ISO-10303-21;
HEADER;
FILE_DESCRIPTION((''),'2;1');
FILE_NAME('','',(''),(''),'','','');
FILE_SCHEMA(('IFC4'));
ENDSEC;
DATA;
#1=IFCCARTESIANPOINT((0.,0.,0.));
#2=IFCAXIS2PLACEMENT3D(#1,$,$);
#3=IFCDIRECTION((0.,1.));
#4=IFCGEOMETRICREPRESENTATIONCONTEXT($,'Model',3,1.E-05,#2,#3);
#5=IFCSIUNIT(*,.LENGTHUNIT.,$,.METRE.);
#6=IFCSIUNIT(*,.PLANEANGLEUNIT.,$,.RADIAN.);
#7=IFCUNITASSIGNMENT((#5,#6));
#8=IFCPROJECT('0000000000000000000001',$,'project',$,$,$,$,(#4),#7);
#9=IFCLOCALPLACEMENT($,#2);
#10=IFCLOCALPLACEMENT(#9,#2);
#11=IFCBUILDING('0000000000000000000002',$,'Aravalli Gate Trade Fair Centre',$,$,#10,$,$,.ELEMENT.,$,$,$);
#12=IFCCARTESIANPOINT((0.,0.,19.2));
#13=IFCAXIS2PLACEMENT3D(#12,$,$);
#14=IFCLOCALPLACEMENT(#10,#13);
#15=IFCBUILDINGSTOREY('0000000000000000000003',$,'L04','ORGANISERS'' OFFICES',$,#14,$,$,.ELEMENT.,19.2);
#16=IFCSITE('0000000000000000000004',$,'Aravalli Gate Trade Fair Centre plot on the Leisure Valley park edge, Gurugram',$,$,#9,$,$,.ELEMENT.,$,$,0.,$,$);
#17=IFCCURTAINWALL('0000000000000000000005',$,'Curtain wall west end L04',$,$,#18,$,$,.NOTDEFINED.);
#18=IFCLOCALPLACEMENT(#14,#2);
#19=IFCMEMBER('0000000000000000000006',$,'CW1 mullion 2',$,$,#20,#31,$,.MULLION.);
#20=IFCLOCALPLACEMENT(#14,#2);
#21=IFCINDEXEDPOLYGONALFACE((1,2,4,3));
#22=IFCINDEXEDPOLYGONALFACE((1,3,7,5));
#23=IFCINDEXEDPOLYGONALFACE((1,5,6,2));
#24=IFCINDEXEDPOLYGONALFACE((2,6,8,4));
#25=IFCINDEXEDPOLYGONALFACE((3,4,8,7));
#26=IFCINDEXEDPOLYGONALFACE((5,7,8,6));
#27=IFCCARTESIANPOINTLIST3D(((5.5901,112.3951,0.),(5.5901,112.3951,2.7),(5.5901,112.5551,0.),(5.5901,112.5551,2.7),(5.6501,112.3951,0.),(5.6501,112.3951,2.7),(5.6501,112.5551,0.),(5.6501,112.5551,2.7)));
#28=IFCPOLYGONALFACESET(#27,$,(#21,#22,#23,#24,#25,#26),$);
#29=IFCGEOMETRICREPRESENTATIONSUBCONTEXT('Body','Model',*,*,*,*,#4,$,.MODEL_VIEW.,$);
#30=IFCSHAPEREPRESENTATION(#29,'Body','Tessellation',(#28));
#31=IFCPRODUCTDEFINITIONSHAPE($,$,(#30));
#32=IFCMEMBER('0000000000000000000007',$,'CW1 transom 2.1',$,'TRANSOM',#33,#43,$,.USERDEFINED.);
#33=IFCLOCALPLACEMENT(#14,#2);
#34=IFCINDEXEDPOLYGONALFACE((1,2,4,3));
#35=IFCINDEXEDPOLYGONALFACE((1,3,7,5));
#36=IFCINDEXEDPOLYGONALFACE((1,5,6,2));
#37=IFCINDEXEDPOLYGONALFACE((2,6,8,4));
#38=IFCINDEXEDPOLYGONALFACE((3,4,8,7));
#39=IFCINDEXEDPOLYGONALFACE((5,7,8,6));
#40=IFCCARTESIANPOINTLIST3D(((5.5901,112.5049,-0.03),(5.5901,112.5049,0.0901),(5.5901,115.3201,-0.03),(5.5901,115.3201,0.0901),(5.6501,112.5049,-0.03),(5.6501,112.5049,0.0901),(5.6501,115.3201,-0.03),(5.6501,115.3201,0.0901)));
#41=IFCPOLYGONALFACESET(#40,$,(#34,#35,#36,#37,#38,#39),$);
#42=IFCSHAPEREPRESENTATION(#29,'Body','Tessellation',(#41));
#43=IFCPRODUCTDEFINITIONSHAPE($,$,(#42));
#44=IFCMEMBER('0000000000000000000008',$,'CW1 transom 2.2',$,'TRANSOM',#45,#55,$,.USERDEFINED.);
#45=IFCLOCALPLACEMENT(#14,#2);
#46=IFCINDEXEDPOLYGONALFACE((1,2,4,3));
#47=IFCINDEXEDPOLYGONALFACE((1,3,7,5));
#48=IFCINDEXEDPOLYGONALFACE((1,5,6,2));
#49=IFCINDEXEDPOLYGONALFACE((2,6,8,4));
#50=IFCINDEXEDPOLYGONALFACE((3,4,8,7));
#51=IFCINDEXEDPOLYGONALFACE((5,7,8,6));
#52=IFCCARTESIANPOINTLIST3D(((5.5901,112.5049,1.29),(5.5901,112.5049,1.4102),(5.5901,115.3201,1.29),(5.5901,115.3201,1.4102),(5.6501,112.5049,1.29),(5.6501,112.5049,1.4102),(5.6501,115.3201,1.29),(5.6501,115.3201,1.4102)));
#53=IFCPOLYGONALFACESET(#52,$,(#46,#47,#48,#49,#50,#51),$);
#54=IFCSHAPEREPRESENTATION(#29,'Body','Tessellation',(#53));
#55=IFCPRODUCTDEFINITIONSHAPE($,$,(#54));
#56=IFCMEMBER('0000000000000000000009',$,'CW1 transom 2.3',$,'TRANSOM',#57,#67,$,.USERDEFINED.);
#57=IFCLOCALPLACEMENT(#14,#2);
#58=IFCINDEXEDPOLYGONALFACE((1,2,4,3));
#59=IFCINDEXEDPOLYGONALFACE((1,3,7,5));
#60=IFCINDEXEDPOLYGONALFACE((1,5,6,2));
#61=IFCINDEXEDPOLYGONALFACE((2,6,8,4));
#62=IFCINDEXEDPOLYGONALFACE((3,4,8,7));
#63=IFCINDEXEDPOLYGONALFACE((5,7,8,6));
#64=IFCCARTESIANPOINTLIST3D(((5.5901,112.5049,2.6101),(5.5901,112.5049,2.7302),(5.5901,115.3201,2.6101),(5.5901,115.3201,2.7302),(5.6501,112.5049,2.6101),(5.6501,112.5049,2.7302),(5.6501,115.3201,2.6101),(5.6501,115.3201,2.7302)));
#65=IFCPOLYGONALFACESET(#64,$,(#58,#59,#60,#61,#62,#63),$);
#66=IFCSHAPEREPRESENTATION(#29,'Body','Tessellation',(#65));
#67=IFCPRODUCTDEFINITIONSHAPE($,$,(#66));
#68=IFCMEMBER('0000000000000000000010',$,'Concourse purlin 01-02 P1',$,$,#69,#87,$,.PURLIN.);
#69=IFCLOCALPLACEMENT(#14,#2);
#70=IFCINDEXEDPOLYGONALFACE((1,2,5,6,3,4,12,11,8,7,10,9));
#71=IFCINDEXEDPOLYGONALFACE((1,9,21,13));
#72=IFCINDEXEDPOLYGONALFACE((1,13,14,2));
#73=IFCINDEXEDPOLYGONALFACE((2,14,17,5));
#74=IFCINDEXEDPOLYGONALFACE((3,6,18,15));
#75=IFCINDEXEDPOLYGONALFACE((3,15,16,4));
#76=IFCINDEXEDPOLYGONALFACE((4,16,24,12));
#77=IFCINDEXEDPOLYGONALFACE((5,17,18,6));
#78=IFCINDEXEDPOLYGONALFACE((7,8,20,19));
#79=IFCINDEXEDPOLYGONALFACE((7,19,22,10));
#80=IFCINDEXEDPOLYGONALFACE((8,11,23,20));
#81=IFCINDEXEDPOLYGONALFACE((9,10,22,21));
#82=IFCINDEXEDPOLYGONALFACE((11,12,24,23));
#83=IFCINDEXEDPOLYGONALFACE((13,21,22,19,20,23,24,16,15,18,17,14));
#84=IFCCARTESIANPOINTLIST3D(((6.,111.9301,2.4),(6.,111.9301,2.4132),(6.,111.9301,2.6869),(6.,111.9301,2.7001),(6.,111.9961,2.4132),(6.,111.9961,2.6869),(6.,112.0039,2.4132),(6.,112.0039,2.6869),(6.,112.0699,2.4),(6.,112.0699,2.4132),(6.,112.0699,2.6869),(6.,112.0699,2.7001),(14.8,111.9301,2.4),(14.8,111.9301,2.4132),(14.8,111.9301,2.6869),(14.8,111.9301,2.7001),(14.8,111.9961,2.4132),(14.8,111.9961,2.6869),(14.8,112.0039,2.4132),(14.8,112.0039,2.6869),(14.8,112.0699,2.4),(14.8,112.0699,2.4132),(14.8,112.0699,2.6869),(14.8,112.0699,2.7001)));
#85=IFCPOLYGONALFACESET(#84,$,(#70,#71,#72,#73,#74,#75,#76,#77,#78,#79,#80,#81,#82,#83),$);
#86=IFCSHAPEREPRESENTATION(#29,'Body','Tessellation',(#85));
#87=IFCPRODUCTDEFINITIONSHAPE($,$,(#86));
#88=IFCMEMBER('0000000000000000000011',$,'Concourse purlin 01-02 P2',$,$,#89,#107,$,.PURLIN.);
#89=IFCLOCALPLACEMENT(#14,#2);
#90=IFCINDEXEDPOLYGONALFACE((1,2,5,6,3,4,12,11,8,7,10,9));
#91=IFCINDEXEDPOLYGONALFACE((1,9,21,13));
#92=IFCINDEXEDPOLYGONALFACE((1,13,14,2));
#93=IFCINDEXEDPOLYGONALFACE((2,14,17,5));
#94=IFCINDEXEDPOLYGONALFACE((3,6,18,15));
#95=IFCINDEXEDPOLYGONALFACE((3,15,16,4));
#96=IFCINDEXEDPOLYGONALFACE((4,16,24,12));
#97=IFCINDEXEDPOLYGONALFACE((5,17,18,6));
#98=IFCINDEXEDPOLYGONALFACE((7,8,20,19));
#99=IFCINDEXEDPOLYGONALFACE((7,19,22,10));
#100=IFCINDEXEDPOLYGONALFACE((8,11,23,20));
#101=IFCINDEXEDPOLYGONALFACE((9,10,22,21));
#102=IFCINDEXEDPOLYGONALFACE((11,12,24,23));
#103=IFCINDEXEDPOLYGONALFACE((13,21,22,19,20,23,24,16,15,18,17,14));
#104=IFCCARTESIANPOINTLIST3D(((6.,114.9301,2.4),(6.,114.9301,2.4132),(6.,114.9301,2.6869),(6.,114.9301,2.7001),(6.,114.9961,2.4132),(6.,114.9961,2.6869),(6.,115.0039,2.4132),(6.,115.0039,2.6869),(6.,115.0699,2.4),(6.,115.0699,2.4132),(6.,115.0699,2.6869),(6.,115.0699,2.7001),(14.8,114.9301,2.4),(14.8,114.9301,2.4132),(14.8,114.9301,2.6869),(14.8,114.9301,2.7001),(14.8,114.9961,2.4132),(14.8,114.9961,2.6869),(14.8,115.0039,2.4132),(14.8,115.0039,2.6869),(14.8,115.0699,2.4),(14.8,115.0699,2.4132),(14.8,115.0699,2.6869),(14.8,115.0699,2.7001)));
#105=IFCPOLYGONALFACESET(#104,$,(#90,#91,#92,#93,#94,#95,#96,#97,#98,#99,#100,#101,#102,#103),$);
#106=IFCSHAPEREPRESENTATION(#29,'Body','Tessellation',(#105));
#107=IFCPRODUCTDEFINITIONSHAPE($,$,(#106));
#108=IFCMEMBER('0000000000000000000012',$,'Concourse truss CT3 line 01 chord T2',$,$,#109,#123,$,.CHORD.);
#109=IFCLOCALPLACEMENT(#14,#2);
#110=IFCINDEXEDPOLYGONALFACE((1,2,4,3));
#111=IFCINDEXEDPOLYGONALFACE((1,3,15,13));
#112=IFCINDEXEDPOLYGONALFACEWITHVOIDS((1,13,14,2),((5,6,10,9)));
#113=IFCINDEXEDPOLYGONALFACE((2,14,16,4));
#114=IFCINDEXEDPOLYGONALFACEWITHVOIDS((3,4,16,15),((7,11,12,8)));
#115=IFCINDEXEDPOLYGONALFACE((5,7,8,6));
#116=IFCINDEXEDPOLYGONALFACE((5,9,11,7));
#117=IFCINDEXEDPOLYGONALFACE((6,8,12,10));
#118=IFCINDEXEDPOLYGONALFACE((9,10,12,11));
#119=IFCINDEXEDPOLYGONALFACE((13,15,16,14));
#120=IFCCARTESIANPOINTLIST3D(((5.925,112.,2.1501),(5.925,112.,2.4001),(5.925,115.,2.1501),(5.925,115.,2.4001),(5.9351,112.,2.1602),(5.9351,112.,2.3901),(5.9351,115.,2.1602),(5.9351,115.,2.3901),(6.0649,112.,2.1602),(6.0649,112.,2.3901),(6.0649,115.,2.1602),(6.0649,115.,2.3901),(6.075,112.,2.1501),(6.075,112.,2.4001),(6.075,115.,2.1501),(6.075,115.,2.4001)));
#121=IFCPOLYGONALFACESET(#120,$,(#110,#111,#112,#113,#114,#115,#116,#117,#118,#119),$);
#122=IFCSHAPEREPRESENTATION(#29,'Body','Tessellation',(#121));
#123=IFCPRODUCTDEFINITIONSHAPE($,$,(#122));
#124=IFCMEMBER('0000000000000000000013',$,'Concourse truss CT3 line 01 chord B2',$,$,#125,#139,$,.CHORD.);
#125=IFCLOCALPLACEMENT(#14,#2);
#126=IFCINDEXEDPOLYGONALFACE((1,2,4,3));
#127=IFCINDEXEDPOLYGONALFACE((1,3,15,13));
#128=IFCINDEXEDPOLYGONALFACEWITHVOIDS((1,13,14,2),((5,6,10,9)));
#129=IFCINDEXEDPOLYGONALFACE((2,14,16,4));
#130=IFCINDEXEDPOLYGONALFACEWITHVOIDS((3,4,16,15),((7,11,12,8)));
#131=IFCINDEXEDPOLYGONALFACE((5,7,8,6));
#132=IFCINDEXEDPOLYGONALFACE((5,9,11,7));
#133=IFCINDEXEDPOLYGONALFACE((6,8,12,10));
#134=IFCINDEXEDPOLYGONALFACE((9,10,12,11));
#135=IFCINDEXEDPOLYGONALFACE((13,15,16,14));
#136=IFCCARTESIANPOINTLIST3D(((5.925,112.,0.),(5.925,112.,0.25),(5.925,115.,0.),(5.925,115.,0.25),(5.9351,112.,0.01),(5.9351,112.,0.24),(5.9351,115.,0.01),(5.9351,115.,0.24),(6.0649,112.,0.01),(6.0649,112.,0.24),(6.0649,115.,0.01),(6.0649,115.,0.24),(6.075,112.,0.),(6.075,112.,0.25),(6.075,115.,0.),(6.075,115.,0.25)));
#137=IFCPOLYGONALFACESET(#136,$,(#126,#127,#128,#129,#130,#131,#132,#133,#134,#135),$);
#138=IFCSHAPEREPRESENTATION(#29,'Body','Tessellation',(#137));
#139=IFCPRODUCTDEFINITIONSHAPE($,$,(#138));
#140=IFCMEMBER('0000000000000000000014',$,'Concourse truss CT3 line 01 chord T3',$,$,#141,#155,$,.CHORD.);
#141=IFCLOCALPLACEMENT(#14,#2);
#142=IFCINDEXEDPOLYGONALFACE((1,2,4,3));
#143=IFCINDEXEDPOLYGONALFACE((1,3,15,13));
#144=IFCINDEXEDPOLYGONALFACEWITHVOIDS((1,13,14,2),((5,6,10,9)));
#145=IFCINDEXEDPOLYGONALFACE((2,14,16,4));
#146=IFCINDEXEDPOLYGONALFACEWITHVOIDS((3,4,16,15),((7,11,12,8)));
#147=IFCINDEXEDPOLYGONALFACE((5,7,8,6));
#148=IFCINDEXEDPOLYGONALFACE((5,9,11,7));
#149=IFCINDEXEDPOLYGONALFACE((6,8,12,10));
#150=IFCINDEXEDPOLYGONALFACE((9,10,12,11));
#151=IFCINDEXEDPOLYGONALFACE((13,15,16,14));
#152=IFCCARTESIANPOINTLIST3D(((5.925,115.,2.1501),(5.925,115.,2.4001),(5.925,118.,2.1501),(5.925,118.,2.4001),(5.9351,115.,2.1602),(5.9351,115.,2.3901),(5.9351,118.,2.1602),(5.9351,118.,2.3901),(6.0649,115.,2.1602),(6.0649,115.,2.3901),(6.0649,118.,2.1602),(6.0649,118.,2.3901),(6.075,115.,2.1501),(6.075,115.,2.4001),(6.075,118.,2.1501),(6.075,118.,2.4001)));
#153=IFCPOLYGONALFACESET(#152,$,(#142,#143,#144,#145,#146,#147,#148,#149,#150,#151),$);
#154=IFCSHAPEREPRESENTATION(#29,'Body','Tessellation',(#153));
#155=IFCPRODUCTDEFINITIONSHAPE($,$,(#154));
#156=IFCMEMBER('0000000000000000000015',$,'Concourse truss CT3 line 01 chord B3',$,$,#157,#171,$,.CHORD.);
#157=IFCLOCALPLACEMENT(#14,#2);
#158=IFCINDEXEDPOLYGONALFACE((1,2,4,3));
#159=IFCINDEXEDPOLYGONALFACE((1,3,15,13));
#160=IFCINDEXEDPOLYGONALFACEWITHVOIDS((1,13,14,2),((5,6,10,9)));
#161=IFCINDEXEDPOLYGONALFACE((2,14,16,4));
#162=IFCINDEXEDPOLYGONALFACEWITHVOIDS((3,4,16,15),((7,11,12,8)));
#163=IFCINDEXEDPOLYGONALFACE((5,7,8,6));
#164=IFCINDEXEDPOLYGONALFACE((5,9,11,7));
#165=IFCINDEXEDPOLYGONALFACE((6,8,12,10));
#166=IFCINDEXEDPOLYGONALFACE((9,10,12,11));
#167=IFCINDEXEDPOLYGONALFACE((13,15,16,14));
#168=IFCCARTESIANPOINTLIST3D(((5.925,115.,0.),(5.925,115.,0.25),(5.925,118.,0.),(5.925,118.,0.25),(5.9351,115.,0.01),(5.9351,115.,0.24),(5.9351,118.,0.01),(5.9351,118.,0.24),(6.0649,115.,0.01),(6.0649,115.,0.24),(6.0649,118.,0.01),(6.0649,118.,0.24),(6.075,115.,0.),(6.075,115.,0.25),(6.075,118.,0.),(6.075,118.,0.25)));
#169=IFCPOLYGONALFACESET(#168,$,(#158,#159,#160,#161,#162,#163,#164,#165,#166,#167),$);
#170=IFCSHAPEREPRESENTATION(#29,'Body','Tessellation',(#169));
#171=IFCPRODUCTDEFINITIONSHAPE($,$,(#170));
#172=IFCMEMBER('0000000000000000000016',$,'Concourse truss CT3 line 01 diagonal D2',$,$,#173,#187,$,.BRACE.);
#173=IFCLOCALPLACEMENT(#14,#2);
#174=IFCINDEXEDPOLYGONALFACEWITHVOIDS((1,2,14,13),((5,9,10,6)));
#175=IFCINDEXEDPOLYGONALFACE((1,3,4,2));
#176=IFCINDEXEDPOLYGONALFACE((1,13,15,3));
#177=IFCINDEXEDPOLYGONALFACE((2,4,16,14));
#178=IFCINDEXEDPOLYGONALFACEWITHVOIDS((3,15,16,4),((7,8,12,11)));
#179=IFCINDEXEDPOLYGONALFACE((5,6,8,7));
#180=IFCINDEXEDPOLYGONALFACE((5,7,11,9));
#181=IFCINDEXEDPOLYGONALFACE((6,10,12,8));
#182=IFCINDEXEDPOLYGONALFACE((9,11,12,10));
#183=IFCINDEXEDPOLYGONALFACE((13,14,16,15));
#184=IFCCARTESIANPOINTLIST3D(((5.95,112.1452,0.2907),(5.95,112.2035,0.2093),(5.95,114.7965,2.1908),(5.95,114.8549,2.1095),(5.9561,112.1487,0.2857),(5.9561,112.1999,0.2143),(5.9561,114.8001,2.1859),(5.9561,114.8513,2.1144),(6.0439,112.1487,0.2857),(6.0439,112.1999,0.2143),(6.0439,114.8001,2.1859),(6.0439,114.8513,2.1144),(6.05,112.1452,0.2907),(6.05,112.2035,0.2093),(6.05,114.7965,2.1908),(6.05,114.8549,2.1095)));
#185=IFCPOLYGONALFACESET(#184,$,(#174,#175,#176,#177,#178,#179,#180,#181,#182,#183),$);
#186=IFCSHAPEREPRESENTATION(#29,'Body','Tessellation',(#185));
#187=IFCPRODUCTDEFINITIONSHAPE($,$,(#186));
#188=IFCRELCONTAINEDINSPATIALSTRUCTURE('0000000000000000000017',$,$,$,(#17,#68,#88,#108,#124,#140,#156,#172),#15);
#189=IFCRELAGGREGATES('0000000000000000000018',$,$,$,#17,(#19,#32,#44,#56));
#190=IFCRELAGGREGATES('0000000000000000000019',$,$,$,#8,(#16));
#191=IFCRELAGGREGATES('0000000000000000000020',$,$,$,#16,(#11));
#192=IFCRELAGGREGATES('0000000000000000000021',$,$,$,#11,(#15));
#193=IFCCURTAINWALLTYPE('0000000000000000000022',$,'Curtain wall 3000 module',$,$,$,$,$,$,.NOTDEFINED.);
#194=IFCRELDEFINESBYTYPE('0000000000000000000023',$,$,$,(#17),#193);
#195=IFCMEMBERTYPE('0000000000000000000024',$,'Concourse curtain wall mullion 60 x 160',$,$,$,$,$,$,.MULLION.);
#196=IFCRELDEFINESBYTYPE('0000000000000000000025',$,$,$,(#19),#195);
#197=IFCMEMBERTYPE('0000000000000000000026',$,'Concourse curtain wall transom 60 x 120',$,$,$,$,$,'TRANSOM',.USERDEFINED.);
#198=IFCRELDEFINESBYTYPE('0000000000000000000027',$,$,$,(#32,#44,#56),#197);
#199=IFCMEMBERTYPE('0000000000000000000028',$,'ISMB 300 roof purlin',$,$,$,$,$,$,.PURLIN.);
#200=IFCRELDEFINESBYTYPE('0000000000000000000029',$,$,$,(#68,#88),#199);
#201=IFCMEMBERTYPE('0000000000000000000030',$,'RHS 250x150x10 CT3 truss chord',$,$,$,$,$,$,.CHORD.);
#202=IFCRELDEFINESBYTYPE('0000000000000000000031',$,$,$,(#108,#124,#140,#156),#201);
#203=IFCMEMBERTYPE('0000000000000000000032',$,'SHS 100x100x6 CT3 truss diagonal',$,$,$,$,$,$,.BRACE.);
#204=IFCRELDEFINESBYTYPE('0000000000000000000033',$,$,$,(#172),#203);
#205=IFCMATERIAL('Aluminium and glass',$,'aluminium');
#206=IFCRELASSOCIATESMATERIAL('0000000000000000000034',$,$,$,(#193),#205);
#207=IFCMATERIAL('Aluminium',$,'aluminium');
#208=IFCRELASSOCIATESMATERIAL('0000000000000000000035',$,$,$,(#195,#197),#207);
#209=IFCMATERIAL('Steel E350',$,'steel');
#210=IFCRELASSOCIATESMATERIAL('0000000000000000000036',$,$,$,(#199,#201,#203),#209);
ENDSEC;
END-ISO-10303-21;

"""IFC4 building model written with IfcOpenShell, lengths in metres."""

from ifc_helpers import new_model, si_unit, direction, frame, origin, origin_2d, place, context, subcontext, project, spatial, rectangle, hollow_rectangle, i_section, extrude, material, material_profile, profile_set, type_object, element, aggregate, save


model = new_model("IFC4")

# Units and contexts
model_context = context("Model", 3, precision=1e-05, world=origin(), true_north=direction((0.0, 1.0)))
body_context = subcontext(model_context, "Body", "Model", "MODEL_VIEW")
ifc_project = project(units=[si_unit("LENGTHUNIT", "METRE"), si_unit("PLANEANGLEUNIT", "RADIAN")], contexts=[model_context])

# Site, building, storey
site_placement = place(None, origin())
site = spatial("IfcSite", under=ifc_project, at=site_placement, Name="Aravalli Gate Trade Fair Centre plot on the Leisure Valley park edge, Gurugram", CompositionType="ELEMENT", RefElevation=0.0)
building_placement = place(site_placement, origin())
building = spatial("IfcBuilding", under=site, at=building_placement, Name="Aravalli Gate Trade Fair Centre", CompositionType="ELEMENT")
storey_placement = place(building_placement, frame((0.0, 0.0, 19.2)))
storey = spatial("IfcBuildingStorey", under=building, at=storey_placement, Name="L04", Description="ORGANISERS' OFFICES", CompositionType="ELEMENT", Elevation=19.2)

# Curtain wall, members
ifc_material_1 = material(Name="Aluminium and glass", Category="aluminium")
curtain_wall_type = type_object("IfcCurtainWallType", Name="Curtain wall 3000 module", PredefinedType="NOTDEFINED", material=ifc_material_1)
curtain_wall_placement = place(storey_placement, origin())
curtain_wall = element("IfcCurtainWall", 1, at=curtain_wall_placement, inside=storey, type_object=curtain_wall_type, Name="Curtain wall west end L04", PredefinedType="NOTDEFINED")
ifc_material_2 = material(Name="Aluminium", Category="aluminium")
ifc_material_profile_1 = material_profile(ifc_material_2, rectangle(XDim=0.0601, YDim=0.1599, at=origin_2d()), Name="Concourse curtain wall mullion 60 x 160")
ifc_profile_set_1 = profile_set([ifc_material_profile_1], Name="Aluminium")
member_type_1 = type_object("IfcMemberType", Name="Concourse curtain wall mullion 60 x 160", PredefinedType="MULLION", material=ifc_profile_set_1)
member_1_placement = place(storey_placement, frame((5.6201, 112.4751, 0.0), z_axis=(0.0, 0.0, 1.0), x_axis=(-1.0, 0.0, 0.0)))
member_1 = element("IfcMember", 2, at=member_1_placement, type_object=member_type_1, Name="CW1 mullion 2", PredefinedType="MULLION", context=body_context, shape_type="SweptSolid", body=[
    extrude(rectangle(XDim=0.0601, YDim=0.1599, at=origin_2d()), origin(), (0.0, 0.0, 1.0), 2.7),
])
ifc_material_profile_2 = material_profile(ifc_material_2, rectangle(XDim=0.0601, YDim=0.1201, at=origin_2d()), Name="Concourse curtain wall transom 60 x 120")
ifc_profile_set_2 = profile_set([ifc_material_profile_2], Name="Aluminium")
member_type_2 = type_object("IfcMemberType", Name="Concourse curtain wall transom 60 x 120", ElementType="TRANSOM", PredefinedType="USERDEFINED", material=ifc_profile_set_2)
member_2_placement = place(storey_placement, frame((5.6201, 112.5049, 0.03), z_axis=(0.0, 1.0, 0.0), x_axis=(-1.0, 0.0, 0.0)))
member_2 = element("IfcMember", 3, at=member_2_placement, type_object=member_type_2, Name="CW1 transom 2.1", ObjectType="TRANSOM", PredefinedType="USERDEFINED", context=body_context, shape_type="SweptSolid", body=[
    extrude(rectangle(XDim=0.0601, YDim=0.1201, at=origin_2d()), origin(), (0.0, 0.0, 1.0), 2.8152),
])
member_3_placement = place(storey_placement, frame((5.6201, 112.5049, 1.3501), z_axis=(0.0, 1.0, 0.0), x_axis=(-1.0, 0.0, 0.0)))
member_3 = element("IfcMember", 4, at=member_3_placement, type_object=member_type_2, Name="CW1 transom 2.2", ObjectType="TRANSOM", PredefinedType="USERDEFINED", context=body_context, shape_type="SweptSolid", body=[
    extrude(rectangle(XDim=0.0601, YDim=0.1201, at=origin_2d()), origin(), (0.0, 0.0, 1.0), 2.8152),
])
member_4_placement = place(storey_placement, frame((5.6201, 112.5049, 2.6702), z_axis=(0.0, 1.0, 0.0), x_axis=(-1.0, 0.0, 0.0)))
member_4 = element("IfcMember", 5, at=member_4_placement, type_object=member_type_2, Name="CW1 transom 2.3", ObjectType="TRANSOM", PredefinedType="USERDEFINED", context=body_context, shape_type="SweptSolid", body=[
    extrude(rectangle(XDim=0.0601, YDim=0.1201, at=origin_2d()), origin(), (0.0, 0.0, 1.0), 2.8152),
])

# Members
ifc_material_3 = material(Name="Steel E350", Category="steel")
ifc_material_profile_3 = material_profile(ifc_material_3, i_section(OverallWidth=0.1399, OverallDepth=0.3, WebThickness=0.0078, FlangeThickness=0.0132, at=origin_2d()), Name="ISMB 300")
ifc_profile_set_3 = profile_set([ifc_material_profile_3], Name="Steel E350")
member_type_3 = type_object("IfcMemberType", Name="ISMB 300 roof purlin", PredefinedType="PURLIN", material=ifc_profile_set_3)
for number, where, z_axis, x_axis, name in (
    (6, (6.0, 112.0, 2.55), (1.0, 0.0, 0.0), (0.0, 1.0, 0.0), "Concourse purlin 01-02 P1"),
    (7, (6.0, 115.0, 2.55), (1.0, 0.0, 0.0), (0.0, 1.0, 0.0), "Concourse purlin 01-02 P2"),
):
    element("IfcMember", number, at=place(storey_placement, frame(where, z_axis=z_axis, x_axis=x_axis)), inside=storey, type_object=member_type_3, Name=name, PredefinedType="PURLIN", context=body_context, shape_type="SweptSolid", body=[
        extrude(i_section(OverallWidth=0.1399, OverallDepth=0.3, WebThickness=0.0078, FlangeThickness=0.0132, at=origin_2d()), origin(), (0.0, 0.0, 1.0), 8.8),
    ])
ifc_material_profile_4 = material_profile(ifc_material_3, hollow_rectangle(XDim=0.1499, YDim=0.25, WallThickness=0.01, at=origin_2d()), Name="RHS 250x150x10")
ifc_profile_set_4 = profile_set([ifc_material_profile_4], Name="Steel E350")
member_type_4 = type_object("IfcMemberType", Name="RHS 250x150x10 CT3 truss chord", PredefinedType="CHORD", material=ifc_profile_set_4)
for number, where, z_axis, x_axis, name in (
    (8, (6.0, 112.0, 2.2751), (0.0, 1.0, 0.0), (-1.0, 0.0, 0.0), "Concourse truss CT3 line 01 chord T2"),
    (9, (6.0, 112.0, 0.125), (0.0, 1.0, 0.0), (-1.0, 0.0, 0.0), "Concourse truss CT3 line 01 chord B2"),
    (10, (6.0, 115.0, 2.2751), (0.0, 1.0, 0.0), (-1.0, 0.0, 0.0), "Concourse truss CT3 line 01 chord T3"),
    (11, (6.0, 115.0, 0.125), (0.0, 1.0, 0.0), (-1.0, 0.0, 0.0), "Concourse truss CT3 line 01 chord B3"),
):
    element("IfcMember", number, at=place(storey_placement, frame(where, z_axis=z_axis, x_axis=x_axis)), inside=storey, type_object=member_type_4, Name=name, PredefinedType="CHORD", context=body_context, shape_type="SweptSolid", body=[
        extrude(hollow_rectangle(XDim=0.1499, YDim=0.25, WallThickness=0.01, at=origin_2d()), origin(), (0.0, 0.0, 1.0), 3.0),
    ])
ifc_material_profile_5 = material_profile(ifc_material_3, hollow_rectangle(XDim=0.1001, YDim=0.1001, WallThickness=0.0061, at=origin_2d()), Name="SHS 100x100x6")
ifc_profile_set_5 = profile_set([ifc_material_profile_5], Name="Steel E350")
member_type_5 = type_object("IfcMemberType", Name="SHS 100x100x6 CT3 truss diagonal", PredefinedType="BRACE", material=ifc_profile_set_5)
member_5_placement = place(storey_placement, frame((6.0, 112.1743, 0.25), z_axis=(0.0, 0.812817, 0.582519), x_axis=(-1.0, 0.0, 0.0)))
element("IfcMember", 12, at=member_5_placement, inside=storey, type_object=member_type_5, Name="Concourse truss CT3 line 01 diagonal D2", PredefinedType="BRACE", context=body_context, shape_type="SweptSolid", body=[
    extrude(hollow_rectangle(XDim=0.1001, YDim=0.1001, WallThickness=0.0061, at=origin_2d()), origin(), (0.0, 0.0, 1.0), 3.262),
])

aggregate(curtain_wall, [member_1, member_2, member_3, member_4])

save(model, "model.ifc")
